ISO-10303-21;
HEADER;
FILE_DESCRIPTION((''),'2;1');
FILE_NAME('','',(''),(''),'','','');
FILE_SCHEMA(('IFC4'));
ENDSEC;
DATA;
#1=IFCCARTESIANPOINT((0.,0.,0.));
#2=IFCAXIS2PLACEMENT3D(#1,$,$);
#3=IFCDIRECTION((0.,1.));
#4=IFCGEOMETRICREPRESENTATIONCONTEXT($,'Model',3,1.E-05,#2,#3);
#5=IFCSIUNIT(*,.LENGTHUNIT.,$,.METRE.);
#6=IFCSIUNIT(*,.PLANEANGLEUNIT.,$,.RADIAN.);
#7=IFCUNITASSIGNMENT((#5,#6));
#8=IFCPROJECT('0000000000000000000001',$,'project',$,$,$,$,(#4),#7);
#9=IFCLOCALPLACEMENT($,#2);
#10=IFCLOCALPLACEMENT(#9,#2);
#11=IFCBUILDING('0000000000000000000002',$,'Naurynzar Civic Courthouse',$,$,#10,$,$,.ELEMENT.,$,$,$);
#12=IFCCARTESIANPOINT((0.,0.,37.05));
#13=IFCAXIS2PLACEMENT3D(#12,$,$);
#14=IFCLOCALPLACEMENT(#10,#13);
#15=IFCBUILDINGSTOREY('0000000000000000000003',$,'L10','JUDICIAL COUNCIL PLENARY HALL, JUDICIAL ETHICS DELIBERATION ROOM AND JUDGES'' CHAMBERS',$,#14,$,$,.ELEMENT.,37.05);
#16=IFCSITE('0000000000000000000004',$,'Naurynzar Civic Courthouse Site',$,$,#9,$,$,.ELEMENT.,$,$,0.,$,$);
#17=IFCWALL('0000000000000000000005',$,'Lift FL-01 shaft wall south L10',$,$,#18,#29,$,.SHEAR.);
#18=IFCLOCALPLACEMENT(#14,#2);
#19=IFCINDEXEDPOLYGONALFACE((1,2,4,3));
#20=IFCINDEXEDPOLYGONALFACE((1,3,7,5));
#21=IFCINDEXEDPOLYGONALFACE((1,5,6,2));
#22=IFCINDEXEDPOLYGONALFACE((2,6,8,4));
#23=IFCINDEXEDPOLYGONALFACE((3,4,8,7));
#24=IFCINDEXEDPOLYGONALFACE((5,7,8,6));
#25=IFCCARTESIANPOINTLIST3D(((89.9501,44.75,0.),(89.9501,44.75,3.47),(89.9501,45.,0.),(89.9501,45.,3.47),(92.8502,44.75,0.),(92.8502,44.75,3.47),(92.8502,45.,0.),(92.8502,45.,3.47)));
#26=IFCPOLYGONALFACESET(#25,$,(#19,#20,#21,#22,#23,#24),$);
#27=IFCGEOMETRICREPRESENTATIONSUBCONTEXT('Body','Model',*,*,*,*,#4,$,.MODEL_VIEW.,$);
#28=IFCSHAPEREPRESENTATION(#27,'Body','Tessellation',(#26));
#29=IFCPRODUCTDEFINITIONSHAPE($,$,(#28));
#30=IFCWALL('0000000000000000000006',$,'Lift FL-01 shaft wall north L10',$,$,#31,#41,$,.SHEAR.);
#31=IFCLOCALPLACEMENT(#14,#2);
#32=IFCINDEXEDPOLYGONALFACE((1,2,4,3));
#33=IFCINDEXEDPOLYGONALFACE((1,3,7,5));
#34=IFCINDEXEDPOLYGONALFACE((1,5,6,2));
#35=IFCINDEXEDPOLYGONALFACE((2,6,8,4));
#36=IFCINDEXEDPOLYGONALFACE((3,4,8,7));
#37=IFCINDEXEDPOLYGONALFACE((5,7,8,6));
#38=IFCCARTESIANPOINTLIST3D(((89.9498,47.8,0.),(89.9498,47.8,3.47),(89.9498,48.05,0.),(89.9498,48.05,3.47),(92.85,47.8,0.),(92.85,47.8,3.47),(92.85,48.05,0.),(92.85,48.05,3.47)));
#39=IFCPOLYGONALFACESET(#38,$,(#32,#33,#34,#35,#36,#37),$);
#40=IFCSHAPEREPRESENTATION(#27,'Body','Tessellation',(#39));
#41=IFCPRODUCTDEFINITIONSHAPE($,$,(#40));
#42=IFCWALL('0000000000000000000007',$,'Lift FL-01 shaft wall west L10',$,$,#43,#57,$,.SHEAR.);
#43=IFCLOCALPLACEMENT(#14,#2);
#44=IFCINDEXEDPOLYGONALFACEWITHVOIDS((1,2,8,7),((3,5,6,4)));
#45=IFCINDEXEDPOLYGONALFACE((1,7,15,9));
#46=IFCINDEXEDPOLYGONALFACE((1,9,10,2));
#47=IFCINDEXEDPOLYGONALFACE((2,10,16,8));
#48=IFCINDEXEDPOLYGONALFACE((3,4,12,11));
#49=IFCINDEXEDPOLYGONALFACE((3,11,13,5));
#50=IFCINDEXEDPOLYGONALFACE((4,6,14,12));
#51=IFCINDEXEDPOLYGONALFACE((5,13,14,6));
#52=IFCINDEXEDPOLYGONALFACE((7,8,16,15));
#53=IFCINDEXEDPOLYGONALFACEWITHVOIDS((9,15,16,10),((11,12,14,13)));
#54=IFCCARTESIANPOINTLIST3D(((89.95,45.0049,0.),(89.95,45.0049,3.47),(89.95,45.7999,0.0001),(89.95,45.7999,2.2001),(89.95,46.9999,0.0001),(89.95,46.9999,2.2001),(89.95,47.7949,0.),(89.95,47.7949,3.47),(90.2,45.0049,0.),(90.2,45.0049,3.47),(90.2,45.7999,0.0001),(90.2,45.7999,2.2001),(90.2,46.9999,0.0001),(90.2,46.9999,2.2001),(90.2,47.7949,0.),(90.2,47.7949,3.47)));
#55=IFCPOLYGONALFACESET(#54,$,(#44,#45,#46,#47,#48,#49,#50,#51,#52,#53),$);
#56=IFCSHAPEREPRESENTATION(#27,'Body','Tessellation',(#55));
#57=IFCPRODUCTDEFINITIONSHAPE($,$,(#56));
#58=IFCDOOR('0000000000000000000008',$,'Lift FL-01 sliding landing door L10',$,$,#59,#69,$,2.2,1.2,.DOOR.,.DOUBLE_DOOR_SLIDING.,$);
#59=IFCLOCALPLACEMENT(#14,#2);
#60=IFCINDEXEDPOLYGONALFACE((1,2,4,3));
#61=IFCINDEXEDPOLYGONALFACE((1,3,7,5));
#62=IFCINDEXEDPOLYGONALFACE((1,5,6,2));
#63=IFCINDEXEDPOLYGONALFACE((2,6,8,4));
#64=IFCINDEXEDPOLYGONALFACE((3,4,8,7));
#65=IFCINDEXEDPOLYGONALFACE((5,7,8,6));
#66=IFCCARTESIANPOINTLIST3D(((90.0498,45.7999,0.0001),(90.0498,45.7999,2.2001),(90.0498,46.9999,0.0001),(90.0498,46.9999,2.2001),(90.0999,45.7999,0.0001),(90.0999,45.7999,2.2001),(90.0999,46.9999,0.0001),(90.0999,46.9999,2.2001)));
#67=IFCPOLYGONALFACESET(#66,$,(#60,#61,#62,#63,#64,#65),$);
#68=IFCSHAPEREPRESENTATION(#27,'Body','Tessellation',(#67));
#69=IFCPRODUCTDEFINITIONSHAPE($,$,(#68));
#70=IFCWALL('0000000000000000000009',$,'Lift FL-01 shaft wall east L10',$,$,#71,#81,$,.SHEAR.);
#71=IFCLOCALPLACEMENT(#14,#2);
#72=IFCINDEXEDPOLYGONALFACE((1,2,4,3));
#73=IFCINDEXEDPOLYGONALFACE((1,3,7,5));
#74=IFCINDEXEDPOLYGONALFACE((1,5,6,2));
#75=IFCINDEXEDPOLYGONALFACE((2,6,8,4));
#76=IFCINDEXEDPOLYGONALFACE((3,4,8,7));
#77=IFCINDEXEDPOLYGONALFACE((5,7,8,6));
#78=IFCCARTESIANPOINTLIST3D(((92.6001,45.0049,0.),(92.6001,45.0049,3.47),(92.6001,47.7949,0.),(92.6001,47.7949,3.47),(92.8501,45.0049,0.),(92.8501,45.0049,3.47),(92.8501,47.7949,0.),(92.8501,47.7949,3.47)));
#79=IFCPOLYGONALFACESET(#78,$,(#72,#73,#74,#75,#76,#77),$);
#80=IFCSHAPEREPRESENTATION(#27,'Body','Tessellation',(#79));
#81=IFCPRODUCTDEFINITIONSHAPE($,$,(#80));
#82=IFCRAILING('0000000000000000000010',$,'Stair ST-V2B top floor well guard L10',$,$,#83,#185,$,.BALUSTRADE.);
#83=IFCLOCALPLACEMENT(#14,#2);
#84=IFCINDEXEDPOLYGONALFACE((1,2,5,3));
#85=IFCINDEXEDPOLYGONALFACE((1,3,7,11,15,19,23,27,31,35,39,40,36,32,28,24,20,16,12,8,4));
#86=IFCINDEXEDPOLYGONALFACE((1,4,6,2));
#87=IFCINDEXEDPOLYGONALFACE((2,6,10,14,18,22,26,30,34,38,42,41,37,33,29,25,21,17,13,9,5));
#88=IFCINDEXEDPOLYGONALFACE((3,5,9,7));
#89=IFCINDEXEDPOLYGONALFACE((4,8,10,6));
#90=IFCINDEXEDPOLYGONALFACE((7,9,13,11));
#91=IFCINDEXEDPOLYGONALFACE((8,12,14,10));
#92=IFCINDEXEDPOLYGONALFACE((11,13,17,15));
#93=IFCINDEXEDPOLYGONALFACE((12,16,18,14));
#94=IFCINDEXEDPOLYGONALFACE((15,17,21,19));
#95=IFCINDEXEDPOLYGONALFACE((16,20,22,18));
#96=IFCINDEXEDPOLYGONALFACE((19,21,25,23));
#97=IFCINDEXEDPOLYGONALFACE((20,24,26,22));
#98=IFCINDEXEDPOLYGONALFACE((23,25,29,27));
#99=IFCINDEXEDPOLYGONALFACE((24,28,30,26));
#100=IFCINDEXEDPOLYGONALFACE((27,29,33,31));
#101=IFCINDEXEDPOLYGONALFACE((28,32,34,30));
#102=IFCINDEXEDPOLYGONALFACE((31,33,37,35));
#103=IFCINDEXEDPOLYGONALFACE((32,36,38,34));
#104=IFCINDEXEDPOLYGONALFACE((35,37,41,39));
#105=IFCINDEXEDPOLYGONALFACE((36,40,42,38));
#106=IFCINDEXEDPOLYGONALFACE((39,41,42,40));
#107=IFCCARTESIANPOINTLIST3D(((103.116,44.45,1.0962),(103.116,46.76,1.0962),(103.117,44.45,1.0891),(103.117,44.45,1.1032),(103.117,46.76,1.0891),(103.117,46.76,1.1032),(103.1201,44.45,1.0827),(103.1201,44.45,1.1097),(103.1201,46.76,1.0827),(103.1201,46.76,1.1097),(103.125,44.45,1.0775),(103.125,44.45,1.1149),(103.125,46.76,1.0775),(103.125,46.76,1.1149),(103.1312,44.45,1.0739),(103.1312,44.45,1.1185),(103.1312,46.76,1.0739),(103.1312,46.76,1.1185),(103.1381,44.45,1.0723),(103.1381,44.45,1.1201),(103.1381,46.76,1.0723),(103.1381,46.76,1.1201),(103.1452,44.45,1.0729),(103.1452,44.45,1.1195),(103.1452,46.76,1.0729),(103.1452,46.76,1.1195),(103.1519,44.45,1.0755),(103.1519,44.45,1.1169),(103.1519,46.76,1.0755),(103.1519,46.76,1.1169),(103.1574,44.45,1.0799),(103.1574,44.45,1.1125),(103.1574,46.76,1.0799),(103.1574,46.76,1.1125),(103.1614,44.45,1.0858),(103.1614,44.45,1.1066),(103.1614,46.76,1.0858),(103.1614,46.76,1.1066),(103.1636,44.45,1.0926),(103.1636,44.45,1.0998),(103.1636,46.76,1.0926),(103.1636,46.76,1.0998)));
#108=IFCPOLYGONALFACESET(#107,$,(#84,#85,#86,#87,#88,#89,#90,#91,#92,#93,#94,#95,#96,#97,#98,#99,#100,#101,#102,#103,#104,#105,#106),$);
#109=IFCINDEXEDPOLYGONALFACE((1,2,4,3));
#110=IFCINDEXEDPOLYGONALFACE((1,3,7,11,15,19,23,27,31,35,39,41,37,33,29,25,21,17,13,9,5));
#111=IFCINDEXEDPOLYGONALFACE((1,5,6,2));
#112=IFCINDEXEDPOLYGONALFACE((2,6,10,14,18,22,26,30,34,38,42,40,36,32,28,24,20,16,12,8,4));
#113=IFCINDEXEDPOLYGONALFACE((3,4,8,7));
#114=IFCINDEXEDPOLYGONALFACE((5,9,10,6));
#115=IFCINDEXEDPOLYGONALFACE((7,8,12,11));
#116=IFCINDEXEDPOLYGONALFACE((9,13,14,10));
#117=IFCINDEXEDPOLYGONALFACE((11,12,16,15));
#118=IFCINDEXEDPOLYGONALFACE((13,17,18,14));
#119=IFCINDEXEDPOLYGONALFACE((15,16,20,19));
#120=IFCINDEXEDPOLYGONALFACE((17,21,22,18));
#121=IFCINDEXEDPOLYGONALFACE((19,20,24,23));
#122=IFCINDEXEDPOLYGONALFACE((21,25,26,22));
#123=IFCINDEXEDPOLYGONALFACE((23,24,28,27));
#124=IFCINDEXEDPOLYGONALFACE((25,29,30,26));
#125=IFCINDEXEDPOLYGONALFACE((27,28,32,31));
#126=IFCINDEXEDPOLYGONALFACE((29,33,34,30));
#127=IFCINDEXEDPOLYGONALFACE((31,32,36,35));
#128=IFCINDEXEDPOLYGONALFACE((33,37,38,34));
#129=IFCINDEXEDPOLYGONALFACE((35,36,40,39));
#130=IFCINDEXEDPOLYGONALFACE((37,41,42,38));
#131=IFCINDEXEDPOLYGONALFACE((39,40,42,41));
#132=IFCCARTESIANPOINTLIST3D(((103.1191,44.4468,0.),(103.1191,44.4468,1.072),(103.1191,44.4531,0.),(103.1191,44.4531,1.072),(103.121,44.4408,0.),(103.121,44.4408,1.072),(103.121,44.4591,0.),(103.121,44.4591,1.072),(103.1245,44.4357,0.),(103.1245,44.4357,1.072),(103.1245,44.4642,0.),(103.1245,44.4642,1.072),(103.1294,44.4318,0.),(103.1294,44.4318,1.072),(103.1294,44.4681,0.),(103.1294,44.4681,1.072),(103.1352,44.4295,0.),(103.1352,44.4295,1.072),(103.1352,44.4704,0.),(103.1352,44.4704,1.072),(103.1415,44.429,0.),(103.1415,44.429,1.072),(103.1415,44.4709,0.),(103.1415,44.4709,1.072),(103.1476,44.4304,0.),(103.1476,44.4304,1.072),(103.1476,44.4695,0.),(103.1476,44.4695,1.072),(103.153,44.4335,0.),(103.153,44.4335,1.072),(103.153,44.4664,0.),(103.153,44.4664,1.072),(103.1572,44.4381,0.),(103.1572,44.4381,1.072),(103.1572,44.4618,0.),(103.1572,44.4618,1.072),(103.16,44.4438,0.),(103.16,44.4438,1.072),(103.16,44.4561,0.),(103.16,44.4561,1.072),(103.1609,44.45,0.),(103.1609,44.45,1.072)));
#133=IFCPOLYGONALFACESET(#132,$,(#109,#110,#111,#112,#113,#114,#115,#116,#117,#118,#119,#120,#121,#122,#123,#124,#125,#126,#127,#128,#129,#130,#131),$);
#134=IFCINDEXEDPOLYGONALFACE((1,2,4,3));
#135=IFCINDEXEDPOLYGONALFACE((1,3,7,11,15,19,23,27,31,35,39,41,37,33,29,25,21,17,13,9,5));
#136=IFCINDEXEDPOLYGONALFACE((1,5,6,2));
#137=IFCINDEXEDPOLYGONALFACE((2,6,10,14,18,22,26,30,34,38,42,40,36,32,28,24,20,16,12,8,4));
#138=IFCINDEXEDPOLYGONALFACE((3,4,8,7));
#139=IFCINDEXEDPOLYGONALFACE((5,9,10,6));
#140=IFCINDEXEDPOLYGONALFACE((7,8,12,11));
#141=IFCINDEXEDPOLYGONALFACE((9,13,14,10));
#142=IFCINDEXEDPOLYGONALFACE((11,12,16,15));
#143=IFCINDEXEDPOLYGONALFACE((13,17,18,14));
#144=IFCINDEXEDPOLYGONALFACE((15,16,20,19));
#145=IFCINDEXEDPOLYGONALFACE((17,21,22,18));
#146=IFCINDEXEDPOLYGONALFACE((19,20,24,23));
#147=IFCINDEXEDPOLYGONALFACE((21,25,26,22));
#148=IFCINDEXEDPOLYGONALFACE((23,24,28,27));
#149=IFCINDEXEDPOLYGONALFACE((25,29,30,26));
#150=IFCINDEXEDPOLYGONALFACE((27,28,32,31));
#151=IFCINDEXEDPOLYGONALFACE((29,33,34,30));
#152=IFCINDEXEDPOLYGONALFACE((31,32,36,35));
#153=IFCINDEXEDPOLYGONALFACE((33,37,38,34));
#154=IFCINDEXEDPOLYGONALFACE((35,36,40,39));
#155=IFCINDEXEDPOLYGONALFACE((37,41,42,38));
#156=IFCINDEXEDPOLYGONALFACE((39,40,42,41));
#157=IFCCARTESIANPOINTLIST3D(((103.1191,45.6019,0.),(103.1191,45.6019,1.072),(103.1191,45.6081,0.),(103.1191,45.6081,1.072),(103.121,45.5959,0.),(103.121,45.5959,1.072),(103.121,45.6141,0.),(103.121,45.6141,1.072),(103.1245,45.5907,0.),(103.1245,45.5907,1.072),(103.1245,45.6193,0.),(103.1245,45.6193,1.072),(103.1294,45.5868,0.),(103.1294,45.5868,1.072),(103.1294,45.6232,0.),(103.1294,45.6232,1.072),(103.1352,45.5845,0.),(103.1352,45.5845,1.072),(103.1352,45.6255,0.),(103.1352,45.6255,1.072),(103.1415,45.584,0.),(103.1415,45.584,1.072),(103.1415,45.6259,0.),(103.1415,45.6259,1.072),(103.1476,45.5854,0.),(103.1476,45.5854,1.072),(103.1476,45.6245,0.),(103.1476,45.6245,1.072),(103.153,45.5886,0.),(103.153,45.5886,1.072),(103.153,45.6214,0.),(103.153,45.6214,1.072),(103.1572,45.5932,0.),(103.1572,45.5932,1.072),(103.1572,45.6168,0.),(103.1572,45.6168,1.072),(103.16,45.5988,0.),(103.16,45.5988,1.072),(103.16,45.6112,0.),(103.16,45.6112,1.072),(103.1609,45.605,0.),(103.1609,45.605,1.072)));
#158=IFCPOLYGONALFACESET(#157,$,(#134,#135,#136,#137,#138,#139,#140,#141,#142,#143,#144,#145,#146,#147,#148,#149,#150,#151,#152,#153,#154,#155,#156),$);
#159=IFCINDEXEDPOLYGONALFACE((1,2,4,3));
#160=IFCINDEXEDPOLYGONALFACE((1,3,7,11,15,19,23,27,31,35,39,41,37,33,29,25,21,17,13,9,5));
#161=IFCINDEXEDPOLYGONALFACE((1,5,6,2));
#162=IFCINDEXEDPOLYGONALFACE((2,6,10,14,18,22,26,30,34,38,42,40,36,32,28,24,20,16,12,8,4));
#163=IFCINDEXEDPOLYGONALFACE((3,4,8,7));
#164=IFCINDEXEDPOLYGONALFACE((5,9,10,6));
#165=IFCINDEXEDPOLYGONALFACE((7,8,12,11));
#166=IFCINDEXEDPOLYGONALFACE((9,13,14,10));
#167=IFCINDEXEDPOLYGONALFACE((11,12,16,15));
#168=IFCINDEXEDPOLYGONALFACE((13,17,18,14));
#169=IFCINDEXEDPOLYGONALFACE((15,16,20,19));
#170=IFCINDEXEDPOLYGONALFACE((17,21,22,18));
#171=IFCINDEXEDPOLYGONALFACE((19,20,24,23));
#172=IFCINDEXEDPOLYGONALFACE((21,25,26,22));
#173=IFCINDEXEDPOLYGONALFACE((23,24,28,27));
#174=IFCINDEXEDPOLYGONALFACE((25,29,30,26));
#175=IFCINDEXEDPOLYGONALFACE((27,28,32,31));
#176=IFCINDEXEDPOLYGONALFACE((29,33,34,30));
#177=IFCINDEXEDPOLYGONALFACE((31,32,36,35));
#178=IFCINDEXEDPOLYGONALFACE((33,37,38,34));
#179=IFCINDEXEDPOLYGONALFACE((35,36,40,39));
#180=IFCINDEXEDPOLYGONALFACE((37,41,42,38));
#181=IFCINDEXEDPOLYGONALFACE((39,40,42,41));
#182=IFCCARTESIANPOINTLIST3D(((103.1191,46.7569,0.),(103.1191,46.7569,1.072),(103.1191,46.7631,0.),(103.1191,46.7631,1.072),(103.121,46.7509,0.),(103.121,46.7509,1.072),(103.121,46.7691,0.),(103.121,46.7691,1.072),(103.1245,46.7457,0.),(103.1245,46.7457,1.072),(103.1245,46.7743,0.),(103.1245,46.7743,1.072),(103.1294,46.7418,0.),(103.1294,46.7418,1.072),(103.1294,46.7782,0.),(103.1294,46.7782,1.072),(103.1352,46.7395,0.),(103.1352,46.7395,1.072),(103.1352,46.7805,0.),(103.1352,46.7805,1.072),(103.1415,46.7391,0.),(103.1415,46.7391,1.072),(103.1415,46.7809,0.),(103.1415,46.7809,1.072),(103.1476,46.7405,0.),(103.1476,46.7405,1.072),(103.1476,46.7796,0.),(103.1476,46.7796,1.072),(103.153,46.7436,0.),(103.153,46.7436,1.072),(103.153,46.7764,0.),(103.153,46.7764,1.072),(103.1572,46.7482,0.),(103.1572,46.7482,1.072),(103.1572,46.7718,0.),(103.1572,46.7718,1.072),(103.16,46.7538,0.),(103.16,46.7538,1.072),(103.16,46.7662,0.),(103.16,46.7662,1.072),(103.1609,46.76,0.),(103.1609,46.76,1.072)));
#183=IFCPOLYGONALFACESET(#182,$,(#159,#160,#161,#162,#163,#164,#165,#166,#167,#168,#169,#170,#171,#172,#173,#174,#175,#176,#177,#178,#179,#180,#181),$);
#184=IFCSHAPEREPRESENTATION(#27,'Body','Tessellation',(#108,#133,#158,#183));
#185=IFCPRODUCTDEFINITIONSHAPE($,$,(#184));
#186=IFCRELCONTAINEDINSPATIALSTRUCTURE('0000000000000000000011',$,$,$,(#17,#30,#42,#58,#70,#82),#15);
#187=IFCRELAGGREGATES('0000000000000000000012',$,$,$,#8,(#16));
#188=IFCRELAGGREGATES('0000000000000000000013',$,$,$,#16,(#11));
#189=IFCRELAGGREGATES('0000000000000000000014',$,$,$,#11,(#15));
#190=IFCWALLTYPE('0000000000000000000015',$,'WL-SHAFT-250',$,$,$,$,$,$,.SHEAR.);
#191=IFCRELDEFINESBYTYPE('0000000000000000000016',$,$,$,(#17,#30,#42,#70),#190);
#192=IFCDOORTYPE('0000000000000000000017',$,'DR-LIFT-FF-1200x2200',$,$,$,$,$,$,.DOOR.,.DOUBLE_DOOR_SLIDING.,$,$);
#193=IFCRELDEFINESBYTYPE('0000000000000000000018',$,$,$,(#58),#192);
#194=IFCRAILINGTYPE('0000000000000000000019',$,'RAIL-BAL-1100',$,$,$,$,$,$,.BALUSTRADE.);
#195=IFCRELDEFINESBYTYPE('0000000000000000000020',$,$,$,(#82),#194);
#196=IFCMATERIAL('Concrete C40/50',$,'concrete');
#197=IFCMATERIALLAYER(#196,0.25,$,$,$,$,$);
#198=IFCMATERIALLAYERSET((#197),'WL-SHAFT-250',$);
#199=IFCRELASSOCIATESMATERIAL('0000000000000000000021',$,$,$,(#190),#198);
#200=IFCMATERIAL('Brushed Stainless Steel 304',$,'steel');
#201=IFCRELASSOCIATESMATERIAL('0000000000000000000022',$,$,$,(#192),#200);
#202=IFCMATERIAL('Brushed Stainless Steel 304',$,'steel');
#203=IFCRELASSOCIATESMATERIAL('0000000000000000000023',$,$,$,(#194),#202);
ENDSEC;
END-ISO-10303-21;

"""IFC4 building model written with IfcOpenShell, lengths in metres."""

from ifc_helpers import new_model, si_unit, direction, frame, frame_2d, origin, origin_2d, place, context, subcontext, project, spatial, rectangle, circle, extrude, material, layer, layer_set, type_object, element, fill, save


model = new_model("IFC4")

# Units and contexts
model_context = context("Model", 3, precision=1e-05, world=origin(), true_north=direction((0.0, 1.0)))
body_context = subcontext(model_context, "Body", "Model", "MODEL_VIEW")
ifc_project = project(units=[si_unit("LENGTHUNIT", "METRE"), si_unit("PLANEANGLEUNIT", "RADIAN")], contexts=[model_context])

# Site, building, storey
site_placement = place(None, origin())
site = spatial("IfcSite", under=ifc_project, at=site_placement, Name="Naurynzar Civic Courthouse Site", CompositionType="ELEMENT", RefElevation=0.0)
building_placement = place(site_placement, origin())
building = spatial("IfcBuilding", under=site, at=building_placement, Name="Naurynzar Civic Courthouse", CompositionType="ELEMENT")
storey_placement = place(building_placement, frame((0.0, 0.0, 37.05)))
storey = spatial("IfcBuildingStorey", under=building, at=storey_placement, Name="L10", Description="JUDICIAL COUNCIL PLENARY HALL, JUDICIAL ETHICS DELIBERATION ROOM AND JUDGES' CHAMBERS", CompositionType="ELEMENT", Elevation=37.05)

# Walls
ifc_material_1 = material(Name="Concrete C40/50", Category="concrete")
ifc_layer_1 = layer(ifc_material_1, 0.25)
ifc_layer_set_1 = layer_set([ifc_layer_1], Name="WL-SHAFT-250")
wall_type_1 = type_object("IfcWallType", Name="WL-SHAFT-250", PredefinedType="SHEAR", material=ifc_layer_set_1)
for number, where, z_axis, x_axis, name in (
    (1, (89.95, 44.875, 0.0), (0.0, 0.0, 1.0), (1.0, 0.0, 0.0), "Lift FL-01 shaft wall south L10"),
    (2, (92.8501, 47.925, 0.0), (0.0, 0.0, 1.0), (-1.0, 0.0, 0.0), "Lift FL-01 shaft wall north L10"),
):
    element("IfcWall", number, at=place(storey_placement, frame(where, z_axis=z_axis, x_axis=x_axis)), inside=storey, type_object=wall_type_1, Name=name, PredefinedType="SHEAR", context=body_context, shape_type="SweptSolid", body=[
        extrude(rectangle(XDim=2.9001, YDim=0.25, at=frame_2d((1.4502, 0.0))), origin(), (0.0, 0.0, 1.0), 3.47),
    ])

# Wall, opening, door
wall_1_placement = place(storey_placement, frame((90.075, 47.7949, 0.0), z_axis=(0.0, 0.0, 1.0), x_axis=(0.0, -1.0, 0.0)))
wall_1 = element("IfcWall", 3, at=wall_1_placement, inside=storey, type_object=wall_type_1, Name="Lift FL-01 shaft wall west L10", PredefinedType="SHEAR", context=body_context, shape_type="SweptSolid", body=[
    extrude(rectangle(XDim=2.79, YDim=0.25, at=frame_2d((1.395, 0.0))), origin(), (0.0, 0.0, 1.0), 3.47),
])
opening_1_placement = place(wall_1_placement, frame((0.7949, 0.0, 0.0)))
opening_1 = element("IfcOpeningElement", 4, at=opening_1_placement, cuts=wall_1, PredefinedType="OPENING", context=body_context, shape_type="SweptSolid", body=[
    extrude(rectangle(XDim=1.2, YDim=2.2, at=frame_2d((0.6001, 1.1001))), frame((0.0, 0.135, 0.0), z_axis=(0.0, -1.0, 0.0), x_axis=(1.0, 0.0, 0.0)), (0.0, 0.0, 1.0), 0.27),
])
ifc_material_2 = material(Name="Brushed Stainless Steel 304", Category="steel")
door_type_1 = type_object("IfcDoorType", Name="DR-LIFT-FF-1200x2200", OperationType="DOUBLE_DOOR_SLIDING", PredefinedType="DOOR", material=ifc_material_2)
door_1_placement = place(opening_1_placement, origin())
door_1 = element("IfcDoor", 5, at=door_1_placement, inside=storey, type_object=door_type_1, Name="Lift FL-01 sliding landing door L10", OperationType="DOUBLE_DOOR_SLIDING", OverallHeight=2.2, OverallWidth=1.2, PredefinedType="DOOR", context=body_context, shape_type="SweptSolid", body=[
    extrude(rectangle(XDim=1.2, YDim=2.2, at=frame_2d((0.6001, 1.1001))), frame((0.0, 0.0249, 0.0), z_axis=(0.0, -1.0, 0.0), x_axis=(1.0, 0.0, 0.0)), (0.0, 0.0, 1.0), 0.05),
])
fill(opening_1, door_1)

# Wall
wall_2_placement = place(storey_placement, frame((92.7251, 45.0049, 0.0), z_axis=(0.0, 0.0, 1.0), x_axis=(0.0, 1.0, 0.0)))
element("IfcWall", 6, at=wall_2_placement, inside=storey, type_object=wall_type_1, Name="Lift FL-01 shaft wall east L10", PredefinedType="SHEAR", context=body_context, shape_type="SweptSolid", body=[
    extrude(rectangle(XDim=2.79, YDim=0.25, at=frame_2d((1.395, 0.0))), origin(), (0.0, 0.0, 1.0), 3.47),
])

# Railing
ifc_material_3 = material(Name="Brushed Stainless Steel 304", Category="steel")
railing_type = type_object("IfcRailingType", Name="RAIL-BAL-1100", PredefinedType="BALUSTRADE", material=ifc_material_3)
railing_placement = place(storey_placement, frame((103.1399, 44.45, 0.0)))
element("IfcRailing", 7, at=railing_placement, inside=storey, type_object=railing_type, Name="Stair ST-V2B top floor well guard L10", PredefinedType="BALUSTRADE", context=body_context, shape_type="SweptSolid", body=[
    extrude(circle(Radius=0.0239, at=origin_2d()), frame((0.0, 0.0, 1.0962), z_axis=(0.0, 1.0, 0.0), x_axis=(-1.0, 0.0, 0.0)), (0.0, 0.0, 1.0), 2.3101),
    extrude(circle(Radius=0.021, at=origin_2d()), origin(), (0.0, 0.0, 1.0), 1.072),
    extrude(circle(Radius=0.021, at=origin_2d()), frame((0.0, 1.155, 0.0)), (0.0, 0.0, 1.0), 1.072),
    extrude(circle(Radius=0.021, at=origin_2d()), frame((0.0, 2.3101, 0.0)), (0.0, 0.0, 1.0), 1.072),
])

save(model, "model.ifc")
